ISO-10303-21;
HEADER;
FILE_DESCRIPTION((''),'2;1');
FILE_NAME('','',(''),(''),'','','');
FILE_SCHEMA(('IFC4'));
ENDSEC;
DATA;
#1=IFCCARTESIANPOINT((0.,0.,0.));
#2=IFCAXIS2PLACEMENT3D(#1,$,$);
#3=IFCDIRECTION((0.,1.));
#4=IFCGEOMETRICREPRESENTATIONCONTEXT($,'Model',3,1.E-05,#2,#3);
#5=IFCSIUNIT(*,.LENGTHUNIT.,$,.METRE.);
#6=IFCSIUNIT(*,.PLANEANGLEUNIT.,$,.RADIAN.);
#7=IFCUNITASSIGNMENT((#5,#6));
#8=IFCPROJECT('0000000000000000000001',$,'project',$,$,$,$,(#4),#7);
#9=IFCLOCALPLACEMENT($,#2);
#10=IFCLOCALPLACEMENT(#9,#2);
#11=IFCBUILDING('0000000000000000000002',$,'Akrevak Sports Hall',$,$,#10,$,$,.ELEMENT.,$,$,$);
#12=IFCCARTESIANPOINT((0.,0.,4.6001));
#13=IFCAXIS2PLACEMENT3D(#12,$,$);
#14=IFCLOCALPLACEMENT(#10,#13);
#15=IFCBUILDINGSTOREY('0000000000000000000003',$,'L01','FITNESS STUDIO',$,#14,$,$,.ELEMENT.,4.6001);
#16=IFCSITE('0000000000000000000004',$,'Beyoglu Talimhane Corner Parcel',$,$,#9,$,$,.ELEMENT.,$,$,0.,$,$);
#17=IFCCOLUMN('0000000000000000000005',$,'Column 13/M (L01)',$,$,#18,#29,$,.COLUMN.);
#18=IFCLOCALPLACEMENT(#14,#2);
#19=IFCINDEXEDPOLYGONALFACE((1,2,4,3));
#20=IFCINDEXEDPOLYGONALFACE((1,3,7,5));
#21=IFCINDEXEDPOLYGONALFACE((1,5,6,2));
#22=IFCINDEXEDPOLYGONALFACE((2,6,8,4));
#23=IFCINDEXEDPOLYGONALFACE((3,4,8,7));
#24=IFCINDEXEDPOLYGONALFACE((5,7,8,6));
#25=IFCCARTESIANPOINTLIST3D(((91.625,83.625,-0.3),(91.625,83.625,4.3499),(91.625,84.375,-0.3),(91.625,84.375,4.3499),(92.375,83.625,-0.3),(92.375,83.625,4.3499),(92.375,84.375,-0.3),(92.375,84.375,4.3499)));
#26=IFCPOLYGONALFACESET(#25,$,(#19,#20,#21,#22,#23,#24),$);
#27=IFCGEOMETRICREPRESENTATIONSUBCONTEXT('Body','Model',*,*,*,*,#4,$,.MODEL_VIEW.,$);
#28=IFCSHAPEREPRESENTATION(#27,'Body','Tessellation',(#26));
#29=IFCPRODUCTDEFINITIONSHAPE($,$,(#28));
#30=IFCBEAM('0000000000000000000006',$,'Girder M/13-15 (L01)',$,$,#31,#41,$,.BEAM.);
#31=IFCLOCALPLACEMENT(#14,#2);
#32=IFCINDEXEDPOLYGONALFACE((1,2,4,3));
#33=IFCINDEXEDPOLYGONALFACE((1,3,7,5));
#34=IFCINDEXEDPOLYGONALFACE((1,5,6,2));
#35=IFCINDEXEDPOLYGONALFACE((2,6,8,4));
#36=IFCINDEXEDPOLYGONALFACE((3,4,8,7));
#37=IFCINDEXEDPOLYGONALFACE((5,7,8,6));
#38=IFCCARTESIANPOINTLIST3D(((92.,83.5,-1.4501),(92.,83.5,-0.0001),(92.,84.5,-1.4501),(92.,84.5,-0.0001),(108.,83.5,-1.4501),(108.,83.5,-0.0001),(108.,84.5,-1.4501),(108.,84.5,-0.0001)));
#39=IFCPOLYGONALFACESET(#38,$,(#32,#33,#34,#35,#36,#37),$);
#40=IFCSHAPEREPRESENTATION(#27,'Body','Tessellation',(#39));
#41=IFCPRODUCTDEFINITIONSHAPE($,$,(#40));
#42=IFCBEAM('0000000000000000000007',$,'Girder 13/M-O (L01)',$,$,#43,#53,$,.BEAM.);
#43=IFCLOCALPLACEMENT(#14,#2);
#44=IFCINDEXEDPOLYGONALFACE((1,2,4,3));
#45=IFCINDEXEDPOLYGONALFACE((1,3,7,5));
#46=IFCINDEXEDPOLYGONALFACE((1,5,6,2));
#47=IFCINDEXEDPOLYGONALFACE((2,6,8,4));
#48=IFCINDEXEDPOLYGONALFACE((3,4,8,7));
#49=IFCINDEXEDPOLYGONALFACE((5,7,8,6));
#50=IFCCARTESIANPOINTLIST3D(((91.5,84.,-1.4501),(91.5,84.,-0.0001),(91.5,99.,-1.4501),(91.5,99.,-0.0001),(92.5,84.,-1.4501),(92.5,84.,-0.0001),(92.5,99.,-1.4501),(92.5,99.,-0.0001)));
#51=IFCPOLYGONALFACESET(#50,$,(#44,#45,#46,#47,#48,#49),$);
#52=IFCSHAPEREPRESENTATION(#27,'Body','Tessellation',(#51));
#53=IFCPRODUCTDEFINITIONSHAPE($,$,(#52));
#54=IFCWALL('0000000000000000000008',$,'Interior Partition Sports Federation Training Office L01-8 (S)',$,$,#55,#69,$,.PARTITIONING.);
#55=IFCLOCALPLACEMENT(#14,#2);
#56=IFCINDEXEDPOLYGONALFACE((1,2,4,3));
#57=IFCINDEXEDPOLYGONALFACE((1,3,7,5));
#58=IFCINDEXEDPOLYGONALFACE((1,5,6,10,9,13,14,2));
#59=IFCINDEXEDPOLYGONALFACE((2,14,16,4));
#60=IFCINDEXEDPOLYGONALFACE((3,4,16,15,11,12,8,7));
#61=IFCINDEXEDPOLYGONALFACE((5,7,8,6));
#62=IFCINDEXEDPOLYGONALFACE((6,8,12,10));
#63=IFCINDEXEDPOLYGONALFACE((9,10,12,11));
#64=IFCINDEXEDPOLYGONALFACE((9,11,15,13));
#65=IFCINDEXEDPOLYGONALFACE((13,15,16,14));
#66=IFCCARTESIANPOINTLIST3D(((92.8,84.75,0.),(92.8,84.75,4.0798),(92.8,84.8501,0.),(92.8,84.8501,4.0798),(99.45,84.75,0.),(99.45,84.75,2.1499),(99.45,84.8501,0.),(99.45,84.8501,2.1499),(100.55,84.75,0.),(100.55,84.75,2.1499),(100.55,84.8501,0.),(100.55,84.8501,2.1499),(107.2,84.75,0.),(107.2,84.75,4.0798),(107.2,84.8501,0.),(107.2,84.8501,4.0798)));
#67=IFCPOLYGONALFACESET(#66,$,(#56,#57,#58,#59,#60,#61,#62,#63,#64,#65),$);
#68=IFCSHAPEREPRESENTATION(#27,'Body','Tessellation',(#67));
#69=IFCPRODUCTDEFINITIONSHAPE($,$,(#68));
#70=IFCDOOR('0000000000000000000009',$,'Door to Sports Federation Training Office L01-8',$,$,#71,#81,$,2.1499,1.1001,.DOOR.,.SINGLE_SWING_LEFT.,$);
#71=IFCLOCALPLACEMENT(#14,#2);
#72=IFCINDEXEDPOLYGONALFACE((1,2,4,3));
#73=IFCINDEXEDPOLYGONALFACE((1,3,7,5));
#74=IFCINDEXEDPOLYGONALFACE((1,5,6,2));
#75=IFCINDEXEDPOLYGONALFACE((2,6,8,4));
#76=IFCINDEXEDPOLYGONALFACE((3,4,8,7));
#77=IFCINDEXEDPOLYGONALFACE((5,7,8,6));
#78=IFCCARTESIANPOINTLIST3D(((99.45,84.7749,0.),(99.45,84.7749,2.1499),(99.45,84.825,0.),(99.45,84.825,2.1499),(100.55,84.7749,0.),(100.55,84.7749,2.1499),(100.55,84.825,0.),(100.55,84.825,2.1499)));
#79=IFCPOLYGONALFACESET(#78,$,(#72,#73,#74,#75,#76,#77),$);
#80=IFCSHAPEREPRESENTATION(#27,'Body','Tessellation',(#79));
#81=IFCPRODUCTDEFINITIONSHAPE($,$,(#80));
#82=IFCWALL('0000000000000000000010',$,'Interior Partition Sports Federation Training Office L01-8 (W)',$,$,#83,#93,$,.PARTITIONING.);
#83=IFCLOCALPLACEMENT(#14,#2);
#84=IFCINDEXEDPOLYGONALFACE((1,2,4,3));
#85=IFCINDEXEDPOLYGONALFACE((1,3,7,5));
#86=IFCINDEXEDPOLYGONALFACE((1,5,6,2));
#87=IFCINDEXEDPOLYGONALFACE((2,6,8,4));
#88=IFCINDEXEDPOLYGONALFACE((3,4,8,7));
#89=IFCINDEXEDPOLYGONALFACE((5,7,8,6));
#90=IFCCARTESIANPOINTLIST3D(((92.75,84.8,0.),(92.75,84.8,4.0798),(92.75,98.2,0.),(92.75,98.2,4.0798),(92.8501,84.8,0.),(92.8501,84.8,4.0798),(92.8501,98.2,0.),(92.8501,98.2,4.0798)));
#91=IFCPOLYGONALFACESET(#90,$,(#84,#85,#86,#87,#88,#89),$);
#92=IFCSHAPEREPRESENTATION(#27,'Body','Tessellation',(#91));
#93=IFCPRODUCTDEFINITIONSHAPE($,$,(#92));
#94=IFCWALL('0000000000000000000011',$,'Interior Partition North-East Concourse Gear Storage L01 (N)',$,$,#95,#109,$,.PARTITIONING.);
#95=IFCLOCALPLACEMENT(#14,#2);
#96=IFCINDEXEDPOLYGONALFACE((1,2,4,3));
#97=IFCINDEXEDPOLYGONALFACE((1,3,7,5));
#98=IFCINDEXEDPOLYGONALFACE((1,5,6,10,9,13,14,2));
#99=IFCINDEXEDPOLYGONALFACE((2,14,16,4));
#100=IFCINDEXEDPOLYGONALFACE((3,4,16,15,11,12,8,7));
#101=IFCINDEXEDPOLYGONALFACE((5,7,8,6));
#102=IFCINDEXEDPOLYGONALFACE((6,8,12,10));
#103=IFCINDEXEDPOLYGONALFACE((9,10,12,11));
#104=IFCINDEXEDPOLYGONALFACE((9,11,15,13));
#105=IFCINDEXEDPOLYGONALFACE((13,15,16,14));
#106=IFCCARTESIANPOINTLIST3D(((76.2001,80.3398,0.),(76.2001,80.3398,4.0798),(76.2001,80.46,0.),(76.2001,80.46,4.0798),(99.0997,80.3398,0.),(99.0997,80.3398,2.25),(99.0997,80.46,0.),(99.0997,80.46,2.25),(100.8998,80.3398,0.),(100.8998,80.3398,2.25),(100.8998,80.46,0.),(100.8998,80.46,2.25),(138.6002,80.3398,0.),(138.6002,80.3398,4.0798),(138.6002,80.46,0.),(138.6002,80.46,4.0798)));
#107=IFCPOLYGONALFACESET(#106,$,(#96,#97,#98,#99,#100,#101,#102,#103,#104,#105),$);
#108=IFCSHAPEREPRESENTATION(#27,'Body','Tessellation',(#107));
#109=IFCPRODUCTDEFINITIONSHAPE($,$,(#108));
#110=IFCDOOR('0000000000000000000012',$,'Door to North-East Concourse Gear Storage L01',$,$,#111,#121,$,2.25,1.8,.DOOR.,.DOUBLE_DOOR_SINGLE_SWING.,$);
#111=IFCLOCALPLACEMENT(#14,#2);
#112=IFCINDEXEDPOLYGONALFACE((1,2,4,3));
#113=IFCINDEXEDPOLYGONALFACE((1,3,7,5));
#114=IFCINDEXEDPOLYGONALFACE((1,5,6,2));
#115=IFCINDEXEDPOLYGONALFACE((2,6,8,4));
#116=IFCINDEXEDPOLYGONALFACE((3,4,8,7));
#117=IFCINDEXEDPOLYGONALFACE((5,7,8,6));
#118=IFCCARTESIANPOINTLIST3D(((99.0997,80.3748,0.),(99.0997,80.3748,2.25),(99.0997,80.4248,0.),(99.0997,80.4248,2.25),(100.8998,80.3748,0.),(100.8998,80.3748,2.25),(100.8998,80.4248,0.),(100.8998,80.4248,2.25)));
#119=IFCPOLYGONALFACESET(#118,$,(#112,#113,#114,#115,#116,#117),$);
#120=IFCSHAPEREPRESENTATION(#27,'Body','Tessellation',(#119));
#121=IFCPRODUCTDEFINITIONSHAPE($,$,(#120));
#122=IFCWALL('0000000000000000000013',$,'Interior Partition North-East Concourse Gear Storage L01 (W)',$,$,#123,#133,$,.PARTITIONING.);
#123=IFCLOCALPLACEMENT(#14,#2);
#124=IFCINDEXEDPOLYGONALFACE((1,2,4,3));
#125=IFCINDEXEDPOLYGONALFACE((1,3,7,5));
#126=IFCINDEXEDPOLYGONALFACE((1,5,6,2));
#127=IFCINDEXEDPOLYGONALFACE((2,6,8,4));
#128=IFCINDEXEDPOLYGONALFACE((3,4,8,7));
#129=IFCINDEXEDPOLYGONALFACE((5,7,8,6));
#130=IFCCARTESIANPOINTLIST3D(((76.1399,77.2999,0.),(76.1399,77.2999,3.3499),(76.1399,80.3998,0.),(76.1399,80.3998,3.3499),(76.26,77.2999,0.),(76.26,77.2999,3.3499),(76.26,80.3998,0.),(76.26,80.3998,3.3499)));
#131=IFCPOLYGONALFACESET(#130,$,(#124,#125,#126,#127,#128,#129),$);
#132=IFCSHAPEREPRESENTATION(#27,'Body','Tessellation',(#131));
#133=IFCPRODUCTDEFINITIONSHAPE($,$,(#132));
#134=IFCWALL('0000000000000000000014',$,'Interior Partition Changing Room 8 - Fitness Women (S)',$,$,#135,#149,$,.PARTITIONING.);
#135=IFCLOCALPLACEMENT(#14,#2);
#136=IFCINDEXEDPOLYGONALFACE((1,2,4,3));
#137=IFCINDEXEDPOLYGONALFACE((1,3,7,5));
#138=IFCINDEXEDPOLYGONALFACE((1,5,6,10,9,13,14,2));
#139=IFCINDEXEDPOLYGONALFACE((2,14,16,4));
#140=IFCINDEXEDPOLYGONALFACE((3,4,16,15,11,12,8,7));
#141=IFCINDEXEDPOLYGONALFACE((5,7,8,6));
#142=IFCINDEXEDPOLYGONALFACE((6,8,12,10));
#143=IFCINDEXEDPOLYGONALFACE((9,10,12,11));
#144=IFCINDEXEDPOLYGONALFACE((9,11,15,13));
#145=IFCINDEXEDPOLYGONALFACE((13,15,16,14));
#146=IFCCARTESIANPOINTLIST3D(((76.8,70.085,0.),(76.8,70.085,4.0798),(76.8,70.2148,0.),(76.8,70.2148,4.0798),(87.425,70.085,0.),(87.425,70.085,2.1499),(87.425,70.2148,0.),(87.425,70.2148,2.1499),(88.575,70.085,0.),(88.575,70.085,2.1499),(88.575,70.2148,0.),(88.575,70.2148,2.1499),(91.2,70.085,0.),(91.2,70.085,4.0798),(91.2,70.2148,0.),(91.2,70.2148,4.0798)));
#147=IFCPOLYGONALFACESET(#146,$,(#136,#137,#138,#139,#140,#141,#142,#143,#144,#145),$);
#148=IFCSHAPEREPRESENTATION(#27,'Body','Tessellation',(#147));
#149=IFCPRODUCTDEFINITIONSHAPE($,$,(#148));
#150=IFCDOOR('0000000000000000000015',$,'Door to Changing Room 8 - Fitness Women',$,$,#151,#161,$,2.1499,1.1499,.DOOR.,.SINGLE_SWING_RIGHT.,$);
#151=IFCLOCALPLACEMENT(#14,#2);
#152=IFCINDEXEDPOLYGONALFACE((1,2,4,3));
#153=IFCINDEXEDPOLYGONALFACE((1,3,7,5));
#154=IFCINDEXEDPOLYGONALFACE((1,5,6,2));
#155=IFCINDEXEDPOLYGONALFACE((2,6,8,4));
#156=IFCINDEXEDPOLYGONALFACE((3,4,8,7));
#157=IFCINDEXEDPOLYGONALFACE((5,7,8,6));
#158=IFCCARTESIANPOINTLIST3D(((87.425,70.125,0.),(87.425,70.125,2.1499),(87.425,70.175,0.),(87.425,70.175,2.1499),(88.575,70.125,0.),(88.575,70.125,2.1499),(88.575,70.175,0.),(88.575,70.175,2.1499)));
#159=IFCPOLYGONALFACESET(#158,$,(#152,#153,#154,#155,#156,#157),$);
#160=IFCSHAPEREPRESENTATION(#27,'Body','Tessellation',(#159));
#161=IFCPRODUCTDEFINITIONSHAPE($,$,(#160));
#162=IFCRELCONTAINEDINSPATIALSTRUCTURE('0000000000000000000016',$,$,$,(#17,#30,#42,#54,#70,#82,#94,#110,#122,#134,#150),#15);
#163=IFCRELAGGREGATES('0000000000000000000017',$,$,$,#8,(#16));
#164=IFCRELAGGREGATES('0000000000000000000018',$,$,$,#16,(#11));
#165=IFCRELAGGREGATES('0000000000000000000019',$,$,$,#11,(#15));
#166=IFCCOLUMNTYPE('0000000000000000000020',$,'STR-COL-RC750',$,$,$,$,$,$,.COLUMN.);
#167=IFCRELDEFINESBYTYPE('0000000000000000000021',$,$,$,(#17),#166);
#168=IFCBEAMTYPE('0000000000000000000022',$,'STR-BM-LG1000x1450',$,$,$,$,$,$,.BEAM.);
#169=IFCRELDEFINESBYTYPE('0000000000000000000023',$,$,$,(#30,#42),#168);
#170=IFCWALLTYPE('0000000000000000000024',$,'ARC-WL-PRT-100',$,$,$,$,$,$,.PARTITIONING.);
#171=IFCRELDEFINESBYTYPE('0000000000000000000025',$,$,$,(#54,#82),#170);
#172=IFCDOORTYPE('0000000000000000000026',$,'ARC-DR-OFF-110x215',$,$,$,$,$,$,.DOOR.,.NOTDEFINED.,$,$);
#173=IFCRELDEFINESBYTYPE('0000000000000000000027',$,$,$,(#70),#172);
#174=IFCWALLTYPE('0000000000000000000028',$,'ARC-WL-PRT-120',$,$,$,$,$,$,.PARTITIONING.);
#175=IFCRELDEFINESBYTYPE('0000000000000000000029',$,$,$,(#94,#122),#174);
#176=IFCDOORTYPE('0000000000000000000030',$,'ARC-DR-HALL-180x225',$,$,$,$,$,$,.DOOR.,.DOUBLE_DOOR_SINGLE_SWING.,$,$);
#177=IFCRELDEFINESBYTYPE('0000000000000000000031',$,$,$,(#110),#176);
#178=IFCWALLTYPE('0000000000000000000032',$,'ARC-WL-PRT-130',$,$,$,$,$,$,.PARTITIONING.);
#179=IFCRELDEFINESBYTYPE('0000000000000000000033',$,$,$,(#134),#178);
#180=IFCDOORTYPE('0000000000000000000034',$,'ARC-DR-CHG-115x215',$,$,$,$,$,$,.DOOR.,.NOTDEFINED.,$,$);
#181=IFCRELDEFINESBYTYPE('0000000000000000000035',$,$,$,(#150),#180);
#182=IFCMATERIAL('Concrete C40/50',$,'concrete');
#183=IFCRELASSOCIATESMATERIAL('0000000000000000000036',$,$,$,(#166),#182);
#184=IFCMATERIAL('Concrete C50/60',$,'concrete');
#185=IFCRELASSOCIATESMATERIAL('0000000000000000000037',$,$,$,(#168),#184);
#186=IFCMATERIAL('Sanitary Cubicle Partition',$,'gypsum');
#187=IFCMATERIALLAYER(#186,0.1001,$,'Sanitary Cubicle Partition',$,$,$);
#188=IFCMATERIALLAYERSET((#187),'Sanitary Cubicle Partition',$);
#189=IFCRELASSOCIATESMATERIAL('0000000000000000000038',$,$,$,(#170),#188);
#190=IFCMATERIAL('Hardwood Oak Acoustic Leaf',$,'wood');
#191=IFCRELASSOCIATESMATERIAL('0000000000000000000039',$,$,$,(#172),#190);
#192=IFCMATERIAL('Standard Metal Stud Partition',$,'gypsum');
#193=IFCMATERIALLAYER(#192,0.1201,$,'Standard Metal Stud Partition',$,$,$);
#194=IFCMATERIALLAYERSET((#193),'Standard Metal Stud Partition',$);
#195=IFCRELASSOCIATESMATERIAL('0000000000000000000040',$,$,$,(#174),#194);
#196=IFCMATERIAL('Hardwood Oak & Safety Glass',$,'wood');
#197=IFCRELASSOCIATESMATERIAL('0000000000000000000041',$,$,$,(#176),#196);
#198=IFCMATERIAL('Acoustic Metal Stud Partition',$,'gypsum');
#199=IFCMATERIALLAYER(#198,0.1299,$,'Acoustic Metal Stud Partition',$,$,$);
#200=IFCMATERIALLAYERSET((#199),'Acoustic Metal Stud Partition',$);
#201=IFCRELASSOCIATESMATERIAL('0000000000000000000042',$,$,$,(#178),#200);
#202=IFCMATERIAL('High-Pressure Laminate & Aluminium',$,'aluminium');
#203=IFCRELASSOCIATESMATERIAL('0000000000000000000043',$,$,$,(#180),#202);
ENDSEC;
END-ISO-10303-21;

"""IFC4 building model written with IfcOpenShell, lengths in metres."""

from ifc_helpers import new_model, si_unit, direction, frame, frame_2d, origin, origin_2d, place, context, subcontext, project, spatial, rectangle, extrude, material, layer, layer_set, material_profile, profile_set, type_object, element, fill, save


model = new_model("IFC4")

# Units and contexts
model_context = context("Model", 3, precision=1e-05, world=origin(), true_north=direction((0.0, 1.0)))
body_context = subcontext(model_context, "Body", "Model", "MODEL_VIEW")
ifc_project = project(units=[si_unit("LENGTHUNIT", "METRE"), si_unit("PLANEANGLEUNIT", "RADIAN")], contexts=[model_context])

# Site, building, storey
site_placement = place(None, origin())
site = spatial("IfcSite", under=ifc_project, at=site_placement, Name="Beyoglu Talimhane Corner Parcel", CompositionType="ELEMENT", RefElevation=0.0)
building_placement = place(site_placement, origin())
building = spatial("IfcBuilding", under=site, at=building_placement, Name="Akrevak Sports Hall", CompositionType="ELEMENT")
storey_placement = place(building_placement, frame((0.0, 0.0, 4.6001)))
storey = spatial("IfcBuildingStorey", under=building, at=storey_placement, Name="L01", Description="FITNESS STUDIO", CompositionType="ELEMENT", Elevation=4.6001)

# Column
ifc_material_1 = material(Name="Concrete C40/50", Category="concrete")
ifc_material_profile_1 = material_profile(ifc_material_1, rectangle(XDim=0.75, YDim=0.75, at=origin_2d()), Name="RC 750x750", Category="concrete")
ifc_profile_set_1 = profile_set([ifc_material_profile_1], Name="Concrete C40/50")
column_type = type_object("IfcColumnType", Name="STR-COL-RC750", PredefinedType="COLUMN", material=ifc_profile_set_1)
column_placement = place(storey_placement, frame((92.0, 84.0, -0.3), z_axis=(0.0, 0.0, 1.0), x_axis=(1.0, 0.0, 0.0)))
element("IfcColumn", 1, at=column_placement, inside=storey, type_object=column_type, Name="Column 13/M (L01)", PredefinedType="COLUMN", context=body_context, shape_type="SweptSolid", body=[
    extrude(rectangle(XDim=0.75, YDim=0.75, at=origin_2d()), origin(), (0.0, 0.0, 1.0), 4.6499),
])

# Beams
ifc_material_2 = material(Name="Concrete C50/60", Category="concrete")
ifc_material_profile_2 = material_profile(ifc_material_2, rectangle(XDim=1.0, YDim=1.45, at=origin_2d()), Name="BM 1000x1450", Category="concrete")
ifc_profile_set_2 = profile_set([ifc_material_profile_2], Name="Concrete C50/60")
beam_type = type_object("IfcBeamType", Name="STR-BM-LG1000x1450", PredefinedType="BEAM", material=ifc_profile_set_2)
beam_1_placement = place(storey_placement, frame((92.0, 84.0, -0.7251), z_axis=(1.0, 0.0, 0.0), x_axis=(0.0, 1.0, 0.0)))
element("IfcBeam", 2, at=beam_1_placement, inside=storey, type_object=beam_type, Name="Girder M/13-15 (L01)", PredefinedType="BEAM", context=body_context, shape_type="SweptSolid", body=[
    extrude(rectangle(XDim=1.0, YDim=1.45, at=origin_2d()), origin(), (0.0, 0.0, 1.0), 16.0),
])
beam_2_placement = place(storey_placement, frame((92.0, 84.0, -0.7251), z_axis=(0.0, 1.0, 0.0), x_axis=(-1.0, 0.0, 0.0)))
element("IfcBeam", 3, at=beam_2_placement, inside=storey, type_object=beam_type, Name="Girder 13/M-O (L01)", PredefinedType="BEAM", context=body_context, shape_type="SweptSolid", body=[
    extrude(rectangle(XDim=1.0, YDim=1.45, at=origin_2d()), origin(), (0.0, 0.0, 1.0), 15.0),
])

# Wall, opening, door
ifc_material_3 = material(Name="Sanitary Cubicle Partition", Category="gypsum")
ifc_layer_1 = layer(ifc_material_3, 0.1001, Name="Sanitary Cubicle Partition")
ifc_layer_set_1 = layer_set([ifc_layer_1], Name="Sanitary Cubicle Partition")
wall_type_1 = type_object("IfcWallType", Name="ARC-WL-PRT-100", PredefinedType="PARTITIONING", material=ifc_layer_set_1)
wall_1_placement = place(storey_placement, frame((92.8, 84.8, 0.0), z_axis=(0.0, 0.0, 1.0), x_axis=(1.0, 0.0, 0.0)))
wall_1 = element("IfcWall", 4, at=wall_1_placement, inside=storey, type_object=wall_type_1, Name="Interior Partition Sports Federation Training Office L01-8 (S)", PredefinedType="PARTITIONING", context=body_context, shape_type="SweptSolid", body=[
    extrude(rectangle(XDim=14.3999, YDim=0.1001, at=frame_2d((7.2, 0.0))), origin(), (0.0, 0.0, 1.0), 4.0798),
])
opening_1_placement = place(wall_1_placement, frame((6.6499, 0.0, 0.0)))
opening_1 = element("IfcOpeningElement", 5, at=opening_1_placement, cuts=wall_1, PredefinedType="OPENING", context=body_context, shape_type="SweptSolid", body=[
    extrude(rectangle(XDim=1.1001, YDim=2.1499, at=frame_2d((0.55, 1.075))), frame((0.0, 0.062, 0.0), z_axis=(0.0, -1.0, 0.0), x_axis=(1.0, 0.0, 0.0)), (0.0, 0.0, 1.0), 0.124),
])
ifc_material_4 = material(Name="Hardwood Oak Acoustic Leaf", Category="wood")
door_type_1 = type_object("IfcDoorType", Name="ARC-DR-OFF-110x215", OperationType="NOTDEFINED", PredefinedType="DOOR", material=ifc_material_4)
door_1_placement = place(opening_1_placement, origin())
door_1 = element("IfcDoor", 6, at=door_1_placement, inside=storey, type_object=door_type_1, Name="Door to Sports Federation Training Office L01-8", OperationType="SINGLE_SWING_LEFT", OverallHeight=2.1499, OverallWidth=1.1001, PredefinedType="DOOR", context=body_context, shape_type="SweptSolid", body=[
    extrude(rectangle(XDim=1.1001, YDim=2.1499, at=frame_2d((0.55, 1.075))), frame((0.0, 0.0249, 0.0), z_axis=(0.0, -1.0, 0.0), x_axis=(1.0, 0.0, 0.0)), (0.0, 0.0, 1.0), 0.05),
])
fill(opening_1, door_1)

# Wall
wall_2_placement = place(storey_placement, frame((92.8, 84.8, 0.0), z_axis=(0.0, 0.0, 1.0), x_axis=(0.0, 1.0, 0.0)))
element("IfcWall", 7, at=wall_2_placement, inside=storey, type_object=wall_type_1, Name="Interior Partition Sports Federation Training Office L01-8 (W)", PredefinedType="PARTITIONING", context=body_context, shape_type="SweptSolid", body=[
    extrude(rectangle(XDim=13.3999, YDim=0.1001, at=frame_2d((6.7, 0.0))), origin(), (0.0, 0.0, 1.0), 4.0798),
])

# Wall, opening, door
ifc_material_5 = material(Name="Standard Metal Stud Partition", Category="gypsum")
ifc_layer_2 = layer(ifc_material_5, 0.1201, Name="Standard Metal Stud Partition")
ifc_layer_set_2 = layer_set([ifc_layer_2], Name="Standard Metal Stud Partition")
wall_type_2 = type_object("IfcWallType", Name="ARC-WL-PRT-120", PredefinedType="PARTITIONING", material=ifc_layer_set_2)
wall_3_placement = place(storey_placement, frame((76.2, 80.3999, 0.0), z_axis=(0.0, 0.0, 1.0), x_axis=(1.0, 0.0, 0.0)))
wall_3 = element("IfcWall", 8, at=wall_3_placement, inside=storey, type_object=wall_type_2, Name="Interior Partition North-East Concourse Gear Storage L01 (N)", PredefinedType="PARTITIONING", context=body_context, shape_type="SweptSolid", body=[
    extrude(rectangle(XDim=62.4001, YDim=0.1201, at=frame_2d((31.2002, 0.0))), origin(), (0.0, 0.0, 1.0), 4.0798),
])
opening_2_placement = place(wall_3_placement, frame((22.8999, 0.0, 0.0)))
opening_2 = element("IfcOpeningElement", 9, at=opening_2_placement, cuts=wall_3, PredefinedType="OPENING", context=body_context, shape_type="SweptSolid", body=[
    extrude(rectangle(XDim=1.8, YDim=2.25, at=frame_2d((0.8999, 1.125))), frame((0.0, 0.072, 0.0), z_axis=(0.0, -1.0, 0.0), x_axis=(1.0, 0.0, 0.0)), (0.0, 0.0, 1.0), 0.144),
])
ifc_material_6 = material(Name="Hardwood Oak & Safety Glass", Category="wood")
door_type_2 = type_object("IfcDoorType", Name="ARC-DR-HALL-180x225", OperationType="DOUBLE_DOOR_SINGLE_SWING", PredefinedType="DOOR", material=ifc_material_6)
door_2_placement = place(opening_2_placement, origin())
door_2 = element("IfcDoor", 10, at=door_2_placement, inside=storey, type_object=door_type_2, Name="Door to North-East Concourse Gear Storage L01", OperationType="DOUBLE_DOOR_SINGLE_SWING", OverallHeight=2.25, OverallWidth=1.8, PredefinedType="DOOR", context=body_context, shape_type="SweptSolid", body=[
    extrude(rectangle(XDim=1.8, YDim=2.25, at=frame_2d((0.8999, 1.125))), frame((0.0, 0.0249, 0.0), z_axis=(0.0, -1.0, 0.0), x_axis=(1.0, 0.0, 0.0)), (0.0, 0.0, 1.0), 0.05),
])
fill(opening_2, door_2)

# Wall
wall_4_placement = place(storey_placement, frame((76.2, 77.3, 0.0), z_axis=(0.0, 0.0, 1.0), x_axis=(0.0, 1.0, 0.0)))
element("IfcWall", 11, at=wall_4_placement, inside=storey, type_object=wall_type_2, Name="Interior Partition North-East Concourse Gear Storage L01 (W)", PredefinedType="PARTITIONING", context=body_context, shape_type="SweptSolid", body=[
    extrude(rectangle(XDim=3.0999, YDim=0.1201, at=frame_2d((1.5498, 0.0))), origin(), (0.0, 0.0, 1.0), 3.3499),
])

# Wall, opening, door
ifc_material_7 = material(Name="Acoustic Metal Stud Partition", Category="gypsum")
ifc_layer_3 = layer(ifc_material_7, 0.1299, Name="Acoustic Metal Stud Partition")
ifc_layer_set_3 = layer_set([ifc_layer_3], Name="Acoustic Metal Stud Partition")
wall_type_3 = type_object("IfcWallType", Name="ARC-WL-PRT-130", PredefinedType="PARTITIONING", material=ifc_layer_set_3)
wall_5_placement = place(storey_placement, frame((76.8, 70.1499, 0.0), z_axis=(0.0, 0.0, 1.0), x_axis=(1.0, 0.0, 0.0)))
wall_5 = element("IfcWall", 12, at=wall_5_placement, inside=storey, type_object=wall_type_3, Name="Interior Partition Changing Room 8 - Fitness Women (S)", PredefinedType="PARTITIONING", context=body_context, shape_type="SweptSolid", body=[
    extrude(rectangle(XDim=14.3999, YDim=0.1299, at=frame_2d((7.2, 0.0))), origin(), (0.0, 0.0, 1.0), 4.0798),
])
opening_3_placement = place(wall_5_placement, frame((10.625, 0.0, 0.0)))
opening_3 = element("IfcOpeningElement", 13, at=opening_3_placement, cuts=wall_5, PredefinedType="OPENING", context=body_context, shape_type="SweptSolid", body=[
    extrude(rectangle(XDim=1.1499, YDim=2.1499, at=frame_2d((0.575, 1.075))), frame((0.0, 0.0769, 0.0), z_axis=(0.0, -1.0, 0.0), x_axis=(1.0, 0.0, 0.0)), (0.0, 0.0, 1.0), 0.1538),
])
ifc_material_8 = material(Name="High-Pressure Laminate & Aluminium", Category="aluminium")
door_type_3 = type_object("IfcDoorType", Name="ARC-DR-CHG-115x215", OperationType="NOTDEFINED", PredefinedType="DOOR", material=ifc_material_8)
door_3_placement = place(opening_3_placement, frame((1.1499, 0.0, 0.0), z_axis=(0.0, 0.0, 1.0), x_axis=(-1.0, 0.0, 0.0)))
door_3 = element("IfcDoor", 14, at=door_3_placement, inside=storey, type_object=door_type_3, Name="Door to Changing Room 8 - Fitness Women", OperationType="SINGLE_SWING_RIGHT", OverallHeight=2.1499, OverallWidth=1.1499, PredefinedType="DOOR", context=body_context, shape_type="SweptSolid", body=[
    extrude(rectangle(XDim=1.1499, YDim=2.1499, at=frame_2d((0.575, 1.075))), frame((0.0, 0.0249, 0.0), z_axis=(0.0, -1.0, 0.0), x_axis=(1.0, 0.0, 0.0)), (0.0, 0.0, 1.0), 0.05),
])
fill(opening_3, door_3)

save(model, "model.ifc")
